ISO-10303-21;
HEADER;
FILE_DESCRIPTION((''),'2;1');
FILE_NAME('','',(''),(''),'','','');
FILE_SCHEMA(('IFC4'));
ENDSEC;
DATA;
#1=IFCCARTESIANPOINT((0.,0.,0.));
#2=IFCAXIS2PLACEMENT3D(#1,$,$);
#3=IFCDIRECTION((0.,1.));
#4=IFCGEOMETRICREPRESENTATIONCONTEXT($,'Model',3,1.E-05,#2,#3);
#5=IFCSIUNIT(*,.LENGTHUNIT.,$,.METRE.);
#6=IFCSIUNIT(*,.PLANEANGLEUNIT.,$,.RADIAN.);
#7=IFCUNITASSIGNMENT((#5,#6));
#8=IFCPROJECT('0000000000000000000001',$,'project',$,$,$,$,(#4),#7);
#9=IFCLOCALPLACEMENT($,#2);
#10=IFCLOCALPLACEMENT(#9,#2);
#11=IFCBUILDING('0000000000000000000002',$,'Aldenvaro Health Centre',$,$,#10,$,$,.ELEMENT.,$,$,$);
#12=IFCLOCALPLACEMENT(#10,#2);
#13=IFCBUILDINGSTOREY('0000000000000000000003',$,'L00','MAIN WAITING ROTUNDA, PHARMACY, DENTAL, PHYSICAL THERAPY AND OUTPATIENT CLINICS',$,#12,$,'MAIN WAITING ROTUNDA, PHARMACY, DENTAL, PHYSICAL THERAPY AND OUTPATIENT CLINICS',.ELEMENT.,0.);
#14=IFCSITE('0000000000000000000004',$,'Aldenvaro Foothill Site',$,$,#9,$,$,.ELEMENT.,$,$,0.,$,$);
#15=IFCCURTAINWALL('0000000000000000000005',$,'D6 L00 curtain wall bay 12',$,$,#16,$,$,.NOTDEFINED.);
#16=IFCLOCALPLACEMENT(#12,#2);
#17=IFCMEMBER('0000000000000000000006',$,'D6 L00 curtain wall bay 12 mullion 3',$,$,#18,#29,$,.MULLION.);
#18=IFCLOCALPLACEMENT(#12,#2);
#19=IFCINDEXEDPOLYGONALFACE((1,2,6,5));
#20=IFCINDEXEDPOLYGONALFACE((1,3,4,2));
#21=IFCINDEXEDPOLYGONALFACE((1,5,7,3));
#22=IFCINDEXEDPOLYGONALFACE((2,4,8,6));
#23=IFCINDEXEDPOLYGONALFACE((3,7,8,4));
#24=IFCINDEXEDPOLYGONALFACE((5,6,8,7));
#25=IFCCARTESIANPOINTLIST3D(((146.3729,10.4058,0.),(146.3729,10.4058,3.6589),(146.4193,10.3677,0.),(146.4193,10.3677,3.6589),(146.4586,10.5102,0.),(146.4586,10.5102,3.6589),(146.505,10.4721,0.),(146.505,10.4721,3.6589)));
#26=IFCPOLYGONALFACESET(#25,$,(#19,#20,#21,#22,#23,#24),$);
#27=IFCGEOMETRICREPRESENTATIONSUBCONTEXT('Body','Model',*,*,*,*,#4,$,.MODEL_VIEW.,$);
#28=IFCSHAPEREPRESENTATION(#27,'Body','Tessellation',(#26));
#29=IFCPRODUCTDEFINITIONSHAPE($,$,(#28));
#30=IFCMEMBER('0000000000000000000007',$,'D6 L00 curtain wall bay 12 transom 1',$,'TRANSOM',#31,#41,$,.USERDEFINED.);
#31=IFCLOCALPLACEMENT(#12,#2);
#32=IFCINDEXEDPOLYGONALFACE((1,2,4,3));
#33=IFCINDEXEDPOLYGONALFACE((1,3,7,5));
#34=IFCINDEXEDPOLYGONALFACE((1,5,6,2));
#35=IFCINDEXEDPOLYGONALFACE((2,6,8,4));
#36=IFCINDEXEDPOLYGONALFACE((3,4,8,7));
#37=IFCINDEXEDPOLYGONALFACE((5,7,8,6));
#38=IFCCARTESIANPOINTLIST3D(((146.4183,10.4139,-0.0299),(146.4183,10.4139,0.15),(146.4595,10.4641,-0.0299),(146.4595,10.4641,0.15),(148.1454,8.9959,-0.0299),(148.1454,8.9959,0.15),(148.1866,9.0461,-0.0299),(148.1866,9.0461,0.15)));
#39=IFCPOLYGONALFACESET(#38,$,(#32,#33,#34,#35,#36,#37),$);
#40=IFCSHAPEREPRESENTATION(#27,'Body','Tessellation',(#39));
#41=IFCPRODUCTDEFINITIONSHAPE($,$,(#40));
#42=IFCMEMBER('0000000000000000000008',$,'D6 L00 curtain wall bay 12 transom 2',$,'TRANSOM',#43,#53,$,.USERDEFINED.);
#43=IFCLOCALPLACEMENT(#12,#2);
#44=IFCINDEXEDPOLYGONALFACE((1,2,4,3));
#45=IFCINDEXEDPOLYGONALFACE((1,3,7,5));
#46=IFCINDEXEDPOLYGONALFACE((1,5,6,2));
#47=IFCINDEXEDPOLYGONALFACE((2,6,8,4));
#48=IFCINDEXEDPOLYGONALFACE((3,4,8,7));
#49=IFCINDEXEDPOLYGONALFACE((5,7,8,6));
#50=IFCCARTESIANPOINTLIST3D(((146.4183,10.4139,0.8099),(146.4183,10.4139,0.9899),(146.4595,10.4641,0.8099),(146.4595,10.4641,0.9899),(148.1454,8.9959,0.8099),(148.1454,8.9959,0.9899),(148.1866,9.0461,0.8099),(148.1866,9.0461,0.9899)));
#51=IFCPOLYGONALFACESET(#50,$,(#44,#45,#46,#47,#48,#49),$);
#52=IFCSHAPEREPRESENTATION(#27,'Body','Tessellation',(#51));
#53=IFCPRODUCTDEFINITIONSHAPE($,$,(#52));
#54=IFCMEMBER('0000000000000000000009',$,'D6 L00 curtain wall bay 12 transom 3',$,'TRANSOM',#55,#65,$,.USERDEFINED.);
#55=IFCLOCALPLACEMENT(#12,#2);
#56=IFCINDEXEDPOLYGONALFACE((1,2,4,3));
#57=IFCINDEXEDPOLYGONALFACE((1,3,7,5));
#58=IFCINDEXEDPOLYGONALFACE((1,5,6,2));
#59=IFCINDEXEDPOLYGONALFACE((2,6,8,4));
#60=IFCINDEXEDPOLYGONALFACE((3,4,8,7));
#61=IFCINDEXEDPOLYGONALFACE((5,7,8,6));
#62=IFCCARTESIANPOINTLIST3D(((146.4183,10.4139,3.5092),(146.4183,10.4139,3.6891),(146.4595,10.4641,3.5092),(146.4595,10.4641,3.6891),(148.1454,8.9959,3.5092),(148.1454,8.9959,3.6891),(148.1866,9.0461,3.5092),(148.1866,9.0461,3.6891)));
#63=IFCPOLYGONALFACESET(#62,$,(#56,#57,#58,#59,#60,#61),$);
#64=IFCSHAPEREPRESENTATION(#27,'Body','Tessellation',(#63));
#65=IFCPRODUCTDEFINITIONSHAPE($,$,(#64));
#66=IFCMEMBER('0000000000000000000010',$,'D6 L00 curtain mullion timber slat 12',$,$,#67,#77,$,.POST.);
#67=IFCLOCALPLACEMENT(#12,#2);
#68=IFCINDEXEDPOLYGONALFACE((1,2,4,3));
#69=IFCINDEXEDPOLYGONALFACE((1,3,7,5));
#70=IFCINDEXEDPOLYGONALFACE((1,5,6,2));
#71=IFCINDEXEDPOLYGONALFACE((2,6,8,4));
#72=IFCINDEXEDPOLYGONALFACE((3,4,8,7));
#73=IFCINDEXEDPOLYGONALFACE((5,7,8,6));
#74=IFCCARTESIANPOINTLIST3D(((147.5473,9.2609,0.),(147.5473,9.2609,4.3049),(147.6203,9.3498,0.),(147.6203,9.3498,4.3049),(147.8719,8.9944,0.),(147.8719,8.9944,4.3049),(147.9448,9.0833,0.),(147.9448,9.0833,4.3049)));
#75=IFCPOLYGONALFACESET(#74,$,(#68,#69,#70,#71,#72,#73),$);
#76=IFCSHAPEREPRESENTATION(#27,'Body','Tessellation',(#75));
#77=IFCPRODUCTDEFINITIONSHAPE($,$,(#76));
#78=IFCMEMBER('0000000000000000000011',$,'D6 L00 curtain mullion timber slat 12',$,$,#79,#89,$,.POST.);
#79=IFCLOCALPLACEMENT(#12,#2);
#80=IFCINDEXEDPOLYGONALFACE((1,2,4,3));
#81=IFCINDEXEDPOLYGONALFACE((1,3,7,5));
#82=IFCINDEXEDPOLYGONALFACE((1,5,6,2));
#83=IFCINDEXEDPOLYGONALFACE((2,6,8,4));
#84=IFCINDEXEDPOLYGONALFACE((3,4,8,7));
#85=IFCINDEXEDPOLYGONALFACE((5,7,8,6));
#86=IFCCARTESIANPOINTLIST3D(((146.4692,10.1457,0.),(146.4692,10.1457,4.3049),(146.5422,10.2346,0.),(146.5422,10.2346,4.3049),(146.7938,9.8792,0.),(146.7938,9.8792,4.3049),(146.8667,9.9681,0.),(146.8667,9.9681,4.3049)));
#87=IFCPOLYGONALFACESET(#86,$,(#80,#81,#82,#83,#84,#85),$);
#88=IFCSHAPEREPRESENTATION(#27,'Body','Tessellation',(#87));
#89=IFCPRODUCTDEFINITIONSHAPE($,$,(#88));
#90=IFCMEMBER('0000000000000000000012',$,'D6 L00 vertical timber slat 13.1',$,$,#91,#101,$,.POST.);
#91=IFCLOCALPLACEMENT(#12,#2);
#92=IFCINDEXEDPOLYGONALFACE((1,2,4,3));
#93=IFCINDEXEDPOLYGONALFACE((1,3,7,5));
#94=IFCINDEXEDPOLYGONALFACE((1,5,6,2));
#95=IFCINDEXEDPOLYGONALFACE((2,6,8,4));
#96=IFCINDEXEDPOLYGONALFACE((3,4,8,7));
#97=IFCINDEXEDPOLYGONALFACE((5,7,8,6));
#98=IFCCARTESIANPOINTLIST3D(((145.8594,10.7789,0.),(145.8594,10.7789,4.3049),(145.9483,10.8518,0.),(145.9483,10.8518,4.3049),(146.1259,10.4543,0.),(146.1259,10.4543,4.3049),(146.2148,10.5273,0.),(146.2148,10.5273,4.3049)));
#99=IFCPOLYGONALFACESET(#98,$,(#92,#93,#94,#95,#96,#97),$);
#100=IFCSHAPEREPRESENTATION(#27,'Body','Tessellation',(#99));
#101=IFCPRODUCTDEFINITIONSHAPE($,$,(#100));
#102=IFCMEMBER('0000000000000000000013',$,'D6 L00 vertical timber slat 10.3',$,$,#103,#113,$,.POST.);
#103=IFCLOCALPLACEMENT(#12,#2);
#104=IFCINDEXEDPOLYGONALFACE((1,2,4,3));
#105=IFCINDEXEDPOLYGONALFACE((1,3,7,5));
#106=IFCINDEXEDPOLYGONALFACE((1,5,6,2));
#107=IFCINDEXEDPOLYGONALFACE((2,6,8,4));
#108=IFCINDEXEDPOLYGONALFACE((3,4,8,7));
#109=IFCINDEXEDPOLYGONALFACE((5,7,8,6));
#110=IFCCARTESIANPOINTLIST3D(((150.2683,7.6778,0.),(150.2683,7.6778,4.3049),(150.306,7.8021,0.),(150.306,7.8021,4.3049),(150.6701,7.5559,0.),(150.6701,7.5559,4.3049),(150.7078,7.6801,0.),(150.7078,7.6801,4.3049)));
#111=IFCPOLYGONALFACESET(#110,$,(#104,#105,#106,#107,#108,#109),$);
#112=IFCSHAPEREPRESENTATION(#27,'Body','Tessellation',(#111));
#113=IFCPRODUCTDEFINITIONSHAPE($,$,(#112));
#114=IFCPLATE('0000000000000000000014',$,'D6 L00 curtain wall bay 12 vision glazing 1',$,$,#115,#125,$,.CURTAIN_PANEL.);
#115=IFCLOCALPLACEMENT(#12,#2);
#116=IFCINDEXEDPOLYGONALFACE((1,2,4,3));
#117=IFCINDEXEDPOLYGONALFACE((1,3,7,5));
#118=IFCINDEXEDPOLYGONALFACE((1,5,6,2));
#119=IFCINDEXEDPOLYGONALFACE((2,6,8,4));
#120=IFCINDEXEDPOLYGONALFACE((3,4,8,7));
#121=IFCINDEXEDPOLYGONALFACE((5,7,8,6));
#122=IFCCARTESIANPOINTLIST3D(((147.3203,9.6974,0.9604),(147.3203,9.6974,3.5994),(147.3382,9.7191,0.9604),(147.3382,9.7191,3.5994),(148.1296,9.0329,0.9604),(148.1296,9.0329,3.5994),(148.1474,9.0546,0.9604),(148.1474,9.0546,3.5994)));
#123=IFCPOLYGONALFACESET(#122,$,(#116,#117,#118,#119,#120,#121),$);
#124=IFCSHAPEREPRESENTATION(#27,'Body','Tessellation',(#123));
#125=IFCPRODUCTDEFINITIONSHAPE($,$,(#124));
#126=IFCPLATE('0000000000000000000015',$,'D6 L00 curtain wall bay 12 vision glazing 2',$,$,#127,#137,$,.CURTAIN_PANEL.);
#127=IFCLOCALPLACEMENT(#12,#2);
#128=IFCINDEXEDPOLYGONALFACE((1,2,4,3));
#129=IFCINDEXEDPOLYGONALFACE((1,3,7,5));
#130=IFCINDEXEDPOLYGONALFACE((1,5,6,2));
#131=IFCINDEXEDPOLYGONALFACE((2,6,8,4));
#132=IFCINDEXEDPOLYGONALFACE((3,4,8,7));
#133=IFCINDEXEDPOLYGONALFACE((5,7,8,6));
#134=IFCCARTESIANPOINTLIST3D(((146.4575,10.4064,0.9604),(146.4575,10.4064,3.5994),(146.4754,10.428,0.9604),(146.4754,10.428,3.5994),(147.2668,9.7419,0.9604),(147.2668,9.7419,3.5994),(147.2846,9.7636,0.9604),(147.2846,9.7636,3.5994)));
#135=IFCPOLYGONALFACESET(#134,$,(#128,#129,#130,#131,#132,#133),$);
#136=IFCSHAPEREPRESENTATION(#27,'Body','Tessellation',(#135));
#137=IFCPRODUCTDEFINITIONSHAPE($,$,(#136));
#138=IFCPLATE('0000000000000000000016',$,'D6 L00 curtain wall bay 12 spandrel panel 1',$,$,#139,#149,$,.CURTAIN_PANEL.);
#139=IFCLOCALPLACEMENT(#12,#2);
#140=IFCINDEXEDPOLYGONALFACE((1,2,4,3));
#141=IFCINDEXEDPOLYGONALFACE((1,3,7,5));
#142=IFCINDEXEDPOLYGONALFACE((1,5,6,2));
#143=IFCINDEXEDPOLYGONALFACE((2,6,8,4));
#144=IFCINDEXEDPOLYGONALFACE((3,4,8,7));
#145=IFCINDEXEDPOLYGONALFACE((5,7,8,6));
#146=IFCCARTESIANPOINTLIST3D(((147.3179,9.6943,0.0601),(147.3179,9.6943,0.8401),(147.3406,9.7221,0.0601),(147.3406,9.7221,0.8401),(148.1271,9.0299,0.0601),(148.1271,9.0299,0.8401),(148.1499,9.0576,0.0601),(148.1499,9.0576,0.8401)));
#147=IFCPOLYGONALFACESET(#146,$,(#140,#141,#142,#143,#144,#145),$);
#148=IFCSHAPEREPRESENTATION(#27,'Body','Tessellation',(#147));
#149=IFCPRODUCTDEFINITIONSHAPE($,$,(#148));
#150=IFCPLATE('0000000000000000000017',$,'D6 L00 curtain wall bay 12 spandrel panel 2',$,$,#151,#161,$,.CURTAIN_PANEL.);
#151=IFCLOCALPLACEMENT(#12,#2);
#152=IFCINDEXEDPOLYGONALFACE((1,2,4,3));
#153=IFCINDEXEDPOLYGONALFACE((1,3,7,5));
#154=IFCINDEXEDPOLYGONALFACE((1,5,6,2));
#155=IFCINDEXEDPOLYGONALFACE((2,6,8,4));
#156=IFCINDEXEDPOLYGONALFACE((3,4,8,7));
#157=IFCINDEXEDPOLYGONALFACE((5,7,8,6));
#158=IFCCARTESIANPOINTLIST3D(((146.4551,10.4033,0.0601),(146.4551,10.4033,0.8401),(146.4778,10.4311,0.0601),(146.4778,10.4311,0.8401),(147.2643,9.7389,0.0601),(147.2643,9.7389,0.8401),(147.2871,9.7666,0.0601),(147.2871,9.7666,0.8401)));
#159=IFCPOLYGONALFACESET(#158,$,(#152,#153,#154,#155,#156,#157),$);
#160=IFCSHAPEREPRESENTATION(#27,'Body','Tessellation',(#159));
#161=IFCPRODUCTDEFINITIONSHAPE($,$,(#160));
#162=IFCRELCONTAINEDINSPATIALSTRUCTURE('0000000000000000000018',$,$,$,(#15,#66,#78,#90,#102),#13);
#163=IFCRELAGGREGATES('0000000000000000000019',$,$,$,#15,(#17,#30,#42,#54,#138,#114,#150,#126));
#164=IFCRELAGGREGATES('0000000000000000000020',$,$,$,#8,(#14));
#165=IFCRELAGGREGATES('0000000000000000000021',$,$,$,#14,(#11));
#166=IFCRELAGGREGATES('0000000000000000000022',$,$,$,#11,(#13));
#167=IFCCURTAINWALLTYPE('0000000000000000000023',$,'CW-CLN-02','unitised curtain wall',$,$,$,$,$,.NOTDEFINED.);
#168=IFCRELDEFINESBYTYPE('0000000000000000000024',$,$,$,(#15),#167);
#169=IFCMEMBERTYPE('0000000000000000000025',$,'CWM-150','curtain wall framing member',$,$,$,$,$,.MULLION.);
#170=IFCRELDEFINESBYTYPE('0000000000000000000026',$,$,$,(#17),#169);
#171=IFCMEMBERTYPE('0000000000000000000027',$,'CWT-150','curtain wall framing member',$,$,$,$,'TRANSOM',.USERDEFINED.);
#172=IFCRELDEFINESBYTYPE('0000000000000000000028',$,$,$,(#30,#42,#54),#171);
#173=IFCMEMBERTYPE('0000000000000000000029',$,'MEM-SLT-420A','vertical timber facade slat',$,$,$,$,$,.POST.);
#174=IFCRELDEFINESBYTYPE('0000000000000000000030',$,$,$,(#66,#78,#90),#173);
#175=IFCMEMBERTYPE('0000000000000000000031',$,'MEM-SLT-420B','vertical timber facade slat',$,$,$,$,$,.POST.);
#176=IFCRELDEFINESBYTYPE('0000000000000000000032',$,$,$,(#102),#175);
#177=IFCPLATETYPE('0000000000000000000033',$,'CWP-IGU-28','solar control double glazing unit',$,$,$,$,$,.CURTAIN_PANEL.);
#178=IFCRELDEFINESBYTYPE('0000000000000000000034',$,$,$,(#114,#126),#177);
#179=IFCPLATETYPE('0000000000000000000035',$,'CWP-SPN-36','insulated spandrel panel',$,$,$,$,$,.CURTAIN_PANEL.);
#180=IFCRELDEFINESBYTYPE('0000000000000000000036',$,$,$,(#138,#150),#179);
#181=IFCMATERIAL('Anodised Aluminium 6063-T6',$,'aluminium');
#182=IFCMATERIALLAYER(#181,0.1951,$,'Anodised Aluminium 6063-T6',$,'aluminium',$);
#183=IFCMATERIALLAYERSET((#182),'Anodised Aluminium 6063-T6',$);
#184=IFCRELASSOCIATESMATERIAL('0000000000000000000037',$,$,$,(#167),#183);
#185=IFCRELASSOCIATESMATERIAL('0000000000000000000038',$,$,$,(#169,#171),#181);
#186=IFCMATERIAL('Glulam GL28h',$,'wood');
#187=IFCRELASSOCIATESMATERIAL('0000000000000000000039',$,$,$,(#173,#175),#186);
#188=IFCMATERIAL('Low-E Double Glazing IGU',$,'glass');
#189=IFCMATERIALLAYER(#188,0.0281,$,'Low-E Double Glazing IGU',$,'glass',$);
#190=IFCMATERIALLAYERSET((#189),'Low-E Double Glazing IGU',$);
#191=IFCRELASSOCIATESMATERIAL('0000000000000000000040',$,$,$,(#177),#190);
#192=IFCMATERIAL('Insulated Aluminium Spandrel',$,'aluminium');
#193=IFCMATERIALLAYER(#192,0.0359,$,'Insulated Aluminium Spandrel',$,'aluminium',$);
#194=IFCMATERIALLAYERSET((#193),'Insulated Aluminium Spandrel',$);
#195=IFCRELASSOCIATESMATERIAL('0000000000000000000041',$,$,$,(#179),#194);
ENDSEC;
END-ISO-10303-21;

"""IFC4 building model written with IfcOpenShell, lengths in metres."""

from ifc_helpers import new_model, si_unit, direction, frame, origin, origin_2d, place, context, subcontext, project, spatial, rectangle, extrude, material, layer, layer_set, material_profile, profile_set, type_object, element, aggregate, save


model = new_model("IFC4")

# Units and contexts
model_context = context("Model", 3, precision=1e-05, world=origin(), true_north=direction((0.0, 1.0)))
body_context = subcontext(model_context, "Body", "Model", "MODEL_VIEW")
ifc_project = project(units=[si_unit("LENGTHUNIT", "METRE"), si_unit("PLANEANGLEUNIT", "RADIAN")], contexts=[model_context])

# Site, building, storey
site_placement = place(None, origin())
site = spatial("IfcSite", under=ifc_project, at=site_placement, Name="Aldenvaro Foothill Site", CompositionType="ELEMENT", RefElevation=0.0)
building_placement = place(site_placement, origin())
building = spatial("IfcBuilding", under=site, at=building_placement, Name="Aldenvaro Health Centre", CompositionType="ELEMENT")
storey_placement = place(building_placement, origin())
storey = spatial("IfcBuildingStorey", under=building, at=storey_placement, Name="L00", Description="MAIN WAITING ROTUNDA, PHARMACY, DENTAL, PHYSICAL THERAPY AND OUTPATIENT CLINICS", LongName="MAIN WAITING ROTUNDA, PHARMACY, DENTAL, PHYSICAL THERAPY AND OUTPATIENT CLINICS", CompositionType="ELEMENT", Elevation=0.0)

# Shared definitions
ifc_material_1 = material(Name="Glulam GL28h", Category="wood")

# Curtain wall, members
ifc_material_2 = material(Name="Anodised Aluminium 6063-T6", Category="aluminium")
ifc_layer_1 = layer(ifc_material_2, 0.1951, Name="Anodised Aluminium 6063-T6", Category="aluminium")
ifc_layer_set_1 = layer_set([ifc_layer_1], Name="Anodised Aluminium 6063-T6")
curtain_wall_type = type_object("IfcCurtainWallType", Name="CW-CLN-02", Description="unitised curtain wall", PredefinedType="NOTDEFINED", material=ifc_layer_set_1)
curtain_wall_placement = place(storey_placement, origin())
curtain_wall = element("IfcCurtainWall", 1, at=curtain_wall_placement, inside=storey, type_object=curtain_wall_type, Name="D6 L00 curtain wall bay 12", PredefinedType="NOTDEFINED")
ifc_material_profile_1 = material_profile(ifc_material_2, rectangle(XDim=0.0601, YDim=0.135, at=origin_2d()), Name="ALU 60x135", Category="aluminium")
ifc_profile_set_1 = profile_set([ifc_material_profile_1], Name="Anodised Aluminium 6063-T6")
member_type_1 = type_object("IfcMemberType", Name="CWM-150", Description="curtain wall framing member", PredefinedType="MULLION", material=ifc_profile_set_1)
member_1_placement = place(storey_placement, frame((146.439, 10.439, 0.0), z_axis=(0.0, 0.0, 1.0), x_axis=(-0.77286, 0.634577, 0.0)))
member_1 = element("IfcMember", 2, at=member_1_placement, type_object=member_type_1, Name="D6 L00 curtain wall bay 12 mullion 3", PredefinedType="MULLION", context=body_context, shape_type="SweptSolid", body=[
    extrude(rectangle(XDim=0.0601, YDim=0.135, at=origin_2d()), origin(), (0.0, 0.0, 1.0), 3.6589),
])
ifc_material_profile_2 = material_profile(ifc_material_2, rectangle(XDim=0.0649, YDim=0.1799, at=origin_2d()), Name="ALU 65x180", Category="aluminium")
ifc_profile_set_2 = profile_set([ifc_material_profile_2], Name="Anodised Aluminium 6063-T6")
member_type_2 = type_object("IfcMemberType", Name="CWT-150", Description="curtain wall framing member", ElementType="TRANSOM", PredefinedType="USERDEFINED", material=ifc_profile_set_2)
member_2_placement = place(storey_placement, frame((148.166, 9.021, 0.0601), z_axis=(-0.772876, 0.634558, 0.0), x_axis=(-0.634558, -0.772876, 0.0)))
member_2 = element("IfcMember", 3, at=member_2_placement, type_object=member_type_2, Name="D6 L00 curtain wall bay 12 transom 1", ObjectType="TRANSOM", PredefinedType="USERDEFINED", context=body_context, shape_type="SweptSolid", body=[
    extrude(rectangle(XDim=0.0649, YDim=0.1799, at=origin_2d()), origin(), (0.0, 0.0, 1.0), 2.2346),
])
member_3_placement = place(storey_placement, frame((148.166, 9.021, 0.8999), z_axis=(-0.772876, 0.634558, 0.0), x_axis=(-0.634558, -0.772876, 0.0)))
member_3 = element("IfcMember", 4, at=member_3_placement, type_object=member_type_2, Name="D6 L00 curtain wall bay 12 transom 2", ObjectType="TRANSOM", PredefinedType="USERDEFINED", context=body_context, shape_type="SweptSolid", body=[
    extrude(rectangle(XDim=0.0649, YDim=0.1799, at=origin_2d()), origin(), (0.0, 0.0, 1.0), 2.2346),
])
member_4_placement = place(storey_placement, frame((148.166, 9.021, 3.5991), z_axis=(-0.772876, 0.634558, 0.0), x_axis=(-0.634558, -0.772876, 0.0)))
member_4 = element("IfcMember", 5, at=member_4_placement, type_object=member_type_2, Name="D6 L00 curtain wall bay 12 transom 3", ObjectType="TRANSOM", PredefinedType="USERDEFINED", context=body_context, shape_type="SweptSolid", body=[
    extrude(rectangle(XDim=0.0649, YDim=0.1799, at=origin_2d()), origin(), (0.0, 0.0, 1.0), 2.2346),
])

# Members
ifc_material_profile_3 = material_profile(ifc_material_1, rectangle(XDim=0.115, YDim=0.4199, at=origin_2d()), Name="GL 115x420", Category="wood")
ifc_profile_set_3 = profile_set([ifc_material_profile_3], Name="Glulam GL28h")
member_type_3 = type_object("IfcMemberType", Name="MEM-SLT-420A", Description="vertical timber facade slat", PredefinedType="POST", material=ifc_profile_set_3)
for number, where, z_axis, x_axis, name in (
    (6, (147.7461, 9.1721, 0.0), (0.0, 0.0, 1.0), (-0.634577, -0.77286, 0.0), "D6 L00 curtain mullion timber slat 12"),
    (7, (146.668, 10.0569, 0.0), (0.0, 0.0, 1.0), (-0.634577, -0.77286, 0.0), "D6 L00 curtain mullion timber slat 12"),
    (8, (146.0371, 10.6531, 0.0), (0.0, 0.0, 1.0), (-0.77286, -0.634577, 0.0), "D6 L00 vertical timber slat 13.1"),
):
    element("IfcMember", number, at=place(storey_placement, frame(where, z_axis=z_axis, x_axis=x_axis)), inside=storey, type_object=member_type_3, Name=name, PredefinedType="POST", context=body_context, shape_type="SweptSolid", body=[
        extrude(rectangle(XDim=0.115, YDim=0.4199, at=origin_2d()), origin(), (0.0, 0.0, 1.0), 4.3049),
    ])
ifc_material_profile_4 = material_profile(ifc_material_1, rectangle(XDim=0.1299, YDim=0.4199, at=origin_2d()), Name="GL 130x420", Category="wood")
ifc_profile_set_4 = profile_set([ifc_material_profile_4], Name="Glulam GL28h")
member_type_4 = type_object("IfcMemberType", Name="MEM-SLT-420B", Description="vertical timber facade slat", PredefinedType="POST", material=ifc_profile_set_4)
member_5_placement = place(storey_placement, frame((150.488, 7.679, 0.0), z_axis=(0.0, 0.0, 1.0), x_axis=(-0.290343, -0.956923, 0.0)))
element("IfcMember", 9, at=member_5_placement, inside=storey, type_object=member_type_4, Name="D6 L00 vertical timber slat 10.3", PredefinedType="POST", context=body_context, shape_type="SweptSolid", body=[
    extrude(rectangle(XDim=0.1299, YDim=0.4199, at=origin_2d()), origin(), (0.0, 0.0, 1.0), 4.3049),
])

# Plates
ifc_material_3 = material(Name="Low-E Double Glazing IGU", Category="glass")
ifc_layer_2 = layer(ifc_material_3, 0.0281, Name="Low-E Double Glazing IGU", Category="glass")
ifc_layer_set_2 = layer_set([ifc_layer_2], Name="Low-E Double Glazing IGU")
plate_type_1 = type_object("IfcPlateType", Name="CWP-IGU-28", Description="solar control double glazing unit", PredefinedType="CURTAIN_PANEL", material=ifc_layer_set_2)
plate_1_placement = place(storey_placement, frame((147.7339, 9.376, 0.9604), z_axis=(0.0, 0.0, 1.0), x_axis=(-0.77286, 0.634577, 0.0)))
plate_1 = element("IfcPlate", 10, at=plate_1_placement, type_object=plate_type_1, Name="D6 L00 curtain wall bay 12 vision glazing 1", PredefinedType="CURTAIN_PANEL", context=body_context, shape_type="SweptSolid", body=[
    extrude(rectangle(XDim=1.0471, YDim=0.0281, at=origin_2d()), origin(), (0.0, 0.0, 1.0), 2.6389),
])
plate_2_placement = place(storey_placement, frame((146.8711, 10.085, 0.9604), z_axis=(0.0, 0.0, 1.0), x_axis=(-0.77286, 0.634577, 0.0)))
plate_2 = element("IfcPlate", 11, at=plate_2_placement, type_object=plate_type_1, Name="D6 L00 curtain wall bay 12 vision glazing 2", PredefinedType="CURTAIN_PANEL", context=body_context, shape_type="SweptSolid", body=[
    extrude(rectangle(XDim=1.0471, YDim=0.0281, at=origin_2d()), origin(), (0.0, 0.0, 1.0), 2.6389),
])
ifc_material_4 = material(Name="Insulated Aluminium Spandrel", Category="aluminium")
ifc_layer_3 = layer(ifc_material_4, 0.0359, Name="Insulated Aluminium Spandrel", Category="aluminium")
ifc_layer_set_3 = layer_set([ifc_layer_3], Name="Insulated Aluminium Spandrel")
plate_type_2 = type_object("IfcPlateType", Name="CWP-SPN-36", Description="insulated spandrel panel", PredefinedType="CURTAIN_PANEL", material=ifc_layer_set_3)
plate_3_placement = place(storey_placement, frame((147.7339, 9.376, 0.0601), z_axis=(0.0, 0.0, 1.0), x_axis=(-0.77286, 0.634577, 0.0)))
plate_3 = element("IfcPlate", 12, at=plate_3_placement, type_object=plate_type_2, Name="D6 L00 curtain wall bay 12 spandrel panel 1", PredefinedType="CURTAIN_PANEL", context=body_context, shape_type="SweptSolid", body=[
    extrude(rectangle(XDim=1.0471, YDim=0.0359, at=origin_2d()), origin(), (0.0, 0.0, 1.0), 0.78),
])
plate_4_placement = place(storey_placement, frame((146.8711, 10.085, 0.0601), z_axis=(0.0, 0.0, 1.0), x_axis=(-0.77286, 0.634577, 0.0)))
plate_4 = element("IfcPlate", 13, at=plate_4_placement, type_object=plate_type_2, Name="D6 L00 curtain wall bay 12 spandrel panel 2", PredefinedType="CURTAIN_PANEL", context=body_context, shape_type="SweptSolid", body=[
    extrude(rectangle(XDim=1.0471, YDim=0.0359, at=origin_2d()), origin(), (0.0, 0.0, 1.0), 0.78),
])
aggregate(curtain_wall, [member_1, member_2, member_3, member_4, plate_3, plate_1, plate_4, plate_2])

save(model, "model.ifc")
